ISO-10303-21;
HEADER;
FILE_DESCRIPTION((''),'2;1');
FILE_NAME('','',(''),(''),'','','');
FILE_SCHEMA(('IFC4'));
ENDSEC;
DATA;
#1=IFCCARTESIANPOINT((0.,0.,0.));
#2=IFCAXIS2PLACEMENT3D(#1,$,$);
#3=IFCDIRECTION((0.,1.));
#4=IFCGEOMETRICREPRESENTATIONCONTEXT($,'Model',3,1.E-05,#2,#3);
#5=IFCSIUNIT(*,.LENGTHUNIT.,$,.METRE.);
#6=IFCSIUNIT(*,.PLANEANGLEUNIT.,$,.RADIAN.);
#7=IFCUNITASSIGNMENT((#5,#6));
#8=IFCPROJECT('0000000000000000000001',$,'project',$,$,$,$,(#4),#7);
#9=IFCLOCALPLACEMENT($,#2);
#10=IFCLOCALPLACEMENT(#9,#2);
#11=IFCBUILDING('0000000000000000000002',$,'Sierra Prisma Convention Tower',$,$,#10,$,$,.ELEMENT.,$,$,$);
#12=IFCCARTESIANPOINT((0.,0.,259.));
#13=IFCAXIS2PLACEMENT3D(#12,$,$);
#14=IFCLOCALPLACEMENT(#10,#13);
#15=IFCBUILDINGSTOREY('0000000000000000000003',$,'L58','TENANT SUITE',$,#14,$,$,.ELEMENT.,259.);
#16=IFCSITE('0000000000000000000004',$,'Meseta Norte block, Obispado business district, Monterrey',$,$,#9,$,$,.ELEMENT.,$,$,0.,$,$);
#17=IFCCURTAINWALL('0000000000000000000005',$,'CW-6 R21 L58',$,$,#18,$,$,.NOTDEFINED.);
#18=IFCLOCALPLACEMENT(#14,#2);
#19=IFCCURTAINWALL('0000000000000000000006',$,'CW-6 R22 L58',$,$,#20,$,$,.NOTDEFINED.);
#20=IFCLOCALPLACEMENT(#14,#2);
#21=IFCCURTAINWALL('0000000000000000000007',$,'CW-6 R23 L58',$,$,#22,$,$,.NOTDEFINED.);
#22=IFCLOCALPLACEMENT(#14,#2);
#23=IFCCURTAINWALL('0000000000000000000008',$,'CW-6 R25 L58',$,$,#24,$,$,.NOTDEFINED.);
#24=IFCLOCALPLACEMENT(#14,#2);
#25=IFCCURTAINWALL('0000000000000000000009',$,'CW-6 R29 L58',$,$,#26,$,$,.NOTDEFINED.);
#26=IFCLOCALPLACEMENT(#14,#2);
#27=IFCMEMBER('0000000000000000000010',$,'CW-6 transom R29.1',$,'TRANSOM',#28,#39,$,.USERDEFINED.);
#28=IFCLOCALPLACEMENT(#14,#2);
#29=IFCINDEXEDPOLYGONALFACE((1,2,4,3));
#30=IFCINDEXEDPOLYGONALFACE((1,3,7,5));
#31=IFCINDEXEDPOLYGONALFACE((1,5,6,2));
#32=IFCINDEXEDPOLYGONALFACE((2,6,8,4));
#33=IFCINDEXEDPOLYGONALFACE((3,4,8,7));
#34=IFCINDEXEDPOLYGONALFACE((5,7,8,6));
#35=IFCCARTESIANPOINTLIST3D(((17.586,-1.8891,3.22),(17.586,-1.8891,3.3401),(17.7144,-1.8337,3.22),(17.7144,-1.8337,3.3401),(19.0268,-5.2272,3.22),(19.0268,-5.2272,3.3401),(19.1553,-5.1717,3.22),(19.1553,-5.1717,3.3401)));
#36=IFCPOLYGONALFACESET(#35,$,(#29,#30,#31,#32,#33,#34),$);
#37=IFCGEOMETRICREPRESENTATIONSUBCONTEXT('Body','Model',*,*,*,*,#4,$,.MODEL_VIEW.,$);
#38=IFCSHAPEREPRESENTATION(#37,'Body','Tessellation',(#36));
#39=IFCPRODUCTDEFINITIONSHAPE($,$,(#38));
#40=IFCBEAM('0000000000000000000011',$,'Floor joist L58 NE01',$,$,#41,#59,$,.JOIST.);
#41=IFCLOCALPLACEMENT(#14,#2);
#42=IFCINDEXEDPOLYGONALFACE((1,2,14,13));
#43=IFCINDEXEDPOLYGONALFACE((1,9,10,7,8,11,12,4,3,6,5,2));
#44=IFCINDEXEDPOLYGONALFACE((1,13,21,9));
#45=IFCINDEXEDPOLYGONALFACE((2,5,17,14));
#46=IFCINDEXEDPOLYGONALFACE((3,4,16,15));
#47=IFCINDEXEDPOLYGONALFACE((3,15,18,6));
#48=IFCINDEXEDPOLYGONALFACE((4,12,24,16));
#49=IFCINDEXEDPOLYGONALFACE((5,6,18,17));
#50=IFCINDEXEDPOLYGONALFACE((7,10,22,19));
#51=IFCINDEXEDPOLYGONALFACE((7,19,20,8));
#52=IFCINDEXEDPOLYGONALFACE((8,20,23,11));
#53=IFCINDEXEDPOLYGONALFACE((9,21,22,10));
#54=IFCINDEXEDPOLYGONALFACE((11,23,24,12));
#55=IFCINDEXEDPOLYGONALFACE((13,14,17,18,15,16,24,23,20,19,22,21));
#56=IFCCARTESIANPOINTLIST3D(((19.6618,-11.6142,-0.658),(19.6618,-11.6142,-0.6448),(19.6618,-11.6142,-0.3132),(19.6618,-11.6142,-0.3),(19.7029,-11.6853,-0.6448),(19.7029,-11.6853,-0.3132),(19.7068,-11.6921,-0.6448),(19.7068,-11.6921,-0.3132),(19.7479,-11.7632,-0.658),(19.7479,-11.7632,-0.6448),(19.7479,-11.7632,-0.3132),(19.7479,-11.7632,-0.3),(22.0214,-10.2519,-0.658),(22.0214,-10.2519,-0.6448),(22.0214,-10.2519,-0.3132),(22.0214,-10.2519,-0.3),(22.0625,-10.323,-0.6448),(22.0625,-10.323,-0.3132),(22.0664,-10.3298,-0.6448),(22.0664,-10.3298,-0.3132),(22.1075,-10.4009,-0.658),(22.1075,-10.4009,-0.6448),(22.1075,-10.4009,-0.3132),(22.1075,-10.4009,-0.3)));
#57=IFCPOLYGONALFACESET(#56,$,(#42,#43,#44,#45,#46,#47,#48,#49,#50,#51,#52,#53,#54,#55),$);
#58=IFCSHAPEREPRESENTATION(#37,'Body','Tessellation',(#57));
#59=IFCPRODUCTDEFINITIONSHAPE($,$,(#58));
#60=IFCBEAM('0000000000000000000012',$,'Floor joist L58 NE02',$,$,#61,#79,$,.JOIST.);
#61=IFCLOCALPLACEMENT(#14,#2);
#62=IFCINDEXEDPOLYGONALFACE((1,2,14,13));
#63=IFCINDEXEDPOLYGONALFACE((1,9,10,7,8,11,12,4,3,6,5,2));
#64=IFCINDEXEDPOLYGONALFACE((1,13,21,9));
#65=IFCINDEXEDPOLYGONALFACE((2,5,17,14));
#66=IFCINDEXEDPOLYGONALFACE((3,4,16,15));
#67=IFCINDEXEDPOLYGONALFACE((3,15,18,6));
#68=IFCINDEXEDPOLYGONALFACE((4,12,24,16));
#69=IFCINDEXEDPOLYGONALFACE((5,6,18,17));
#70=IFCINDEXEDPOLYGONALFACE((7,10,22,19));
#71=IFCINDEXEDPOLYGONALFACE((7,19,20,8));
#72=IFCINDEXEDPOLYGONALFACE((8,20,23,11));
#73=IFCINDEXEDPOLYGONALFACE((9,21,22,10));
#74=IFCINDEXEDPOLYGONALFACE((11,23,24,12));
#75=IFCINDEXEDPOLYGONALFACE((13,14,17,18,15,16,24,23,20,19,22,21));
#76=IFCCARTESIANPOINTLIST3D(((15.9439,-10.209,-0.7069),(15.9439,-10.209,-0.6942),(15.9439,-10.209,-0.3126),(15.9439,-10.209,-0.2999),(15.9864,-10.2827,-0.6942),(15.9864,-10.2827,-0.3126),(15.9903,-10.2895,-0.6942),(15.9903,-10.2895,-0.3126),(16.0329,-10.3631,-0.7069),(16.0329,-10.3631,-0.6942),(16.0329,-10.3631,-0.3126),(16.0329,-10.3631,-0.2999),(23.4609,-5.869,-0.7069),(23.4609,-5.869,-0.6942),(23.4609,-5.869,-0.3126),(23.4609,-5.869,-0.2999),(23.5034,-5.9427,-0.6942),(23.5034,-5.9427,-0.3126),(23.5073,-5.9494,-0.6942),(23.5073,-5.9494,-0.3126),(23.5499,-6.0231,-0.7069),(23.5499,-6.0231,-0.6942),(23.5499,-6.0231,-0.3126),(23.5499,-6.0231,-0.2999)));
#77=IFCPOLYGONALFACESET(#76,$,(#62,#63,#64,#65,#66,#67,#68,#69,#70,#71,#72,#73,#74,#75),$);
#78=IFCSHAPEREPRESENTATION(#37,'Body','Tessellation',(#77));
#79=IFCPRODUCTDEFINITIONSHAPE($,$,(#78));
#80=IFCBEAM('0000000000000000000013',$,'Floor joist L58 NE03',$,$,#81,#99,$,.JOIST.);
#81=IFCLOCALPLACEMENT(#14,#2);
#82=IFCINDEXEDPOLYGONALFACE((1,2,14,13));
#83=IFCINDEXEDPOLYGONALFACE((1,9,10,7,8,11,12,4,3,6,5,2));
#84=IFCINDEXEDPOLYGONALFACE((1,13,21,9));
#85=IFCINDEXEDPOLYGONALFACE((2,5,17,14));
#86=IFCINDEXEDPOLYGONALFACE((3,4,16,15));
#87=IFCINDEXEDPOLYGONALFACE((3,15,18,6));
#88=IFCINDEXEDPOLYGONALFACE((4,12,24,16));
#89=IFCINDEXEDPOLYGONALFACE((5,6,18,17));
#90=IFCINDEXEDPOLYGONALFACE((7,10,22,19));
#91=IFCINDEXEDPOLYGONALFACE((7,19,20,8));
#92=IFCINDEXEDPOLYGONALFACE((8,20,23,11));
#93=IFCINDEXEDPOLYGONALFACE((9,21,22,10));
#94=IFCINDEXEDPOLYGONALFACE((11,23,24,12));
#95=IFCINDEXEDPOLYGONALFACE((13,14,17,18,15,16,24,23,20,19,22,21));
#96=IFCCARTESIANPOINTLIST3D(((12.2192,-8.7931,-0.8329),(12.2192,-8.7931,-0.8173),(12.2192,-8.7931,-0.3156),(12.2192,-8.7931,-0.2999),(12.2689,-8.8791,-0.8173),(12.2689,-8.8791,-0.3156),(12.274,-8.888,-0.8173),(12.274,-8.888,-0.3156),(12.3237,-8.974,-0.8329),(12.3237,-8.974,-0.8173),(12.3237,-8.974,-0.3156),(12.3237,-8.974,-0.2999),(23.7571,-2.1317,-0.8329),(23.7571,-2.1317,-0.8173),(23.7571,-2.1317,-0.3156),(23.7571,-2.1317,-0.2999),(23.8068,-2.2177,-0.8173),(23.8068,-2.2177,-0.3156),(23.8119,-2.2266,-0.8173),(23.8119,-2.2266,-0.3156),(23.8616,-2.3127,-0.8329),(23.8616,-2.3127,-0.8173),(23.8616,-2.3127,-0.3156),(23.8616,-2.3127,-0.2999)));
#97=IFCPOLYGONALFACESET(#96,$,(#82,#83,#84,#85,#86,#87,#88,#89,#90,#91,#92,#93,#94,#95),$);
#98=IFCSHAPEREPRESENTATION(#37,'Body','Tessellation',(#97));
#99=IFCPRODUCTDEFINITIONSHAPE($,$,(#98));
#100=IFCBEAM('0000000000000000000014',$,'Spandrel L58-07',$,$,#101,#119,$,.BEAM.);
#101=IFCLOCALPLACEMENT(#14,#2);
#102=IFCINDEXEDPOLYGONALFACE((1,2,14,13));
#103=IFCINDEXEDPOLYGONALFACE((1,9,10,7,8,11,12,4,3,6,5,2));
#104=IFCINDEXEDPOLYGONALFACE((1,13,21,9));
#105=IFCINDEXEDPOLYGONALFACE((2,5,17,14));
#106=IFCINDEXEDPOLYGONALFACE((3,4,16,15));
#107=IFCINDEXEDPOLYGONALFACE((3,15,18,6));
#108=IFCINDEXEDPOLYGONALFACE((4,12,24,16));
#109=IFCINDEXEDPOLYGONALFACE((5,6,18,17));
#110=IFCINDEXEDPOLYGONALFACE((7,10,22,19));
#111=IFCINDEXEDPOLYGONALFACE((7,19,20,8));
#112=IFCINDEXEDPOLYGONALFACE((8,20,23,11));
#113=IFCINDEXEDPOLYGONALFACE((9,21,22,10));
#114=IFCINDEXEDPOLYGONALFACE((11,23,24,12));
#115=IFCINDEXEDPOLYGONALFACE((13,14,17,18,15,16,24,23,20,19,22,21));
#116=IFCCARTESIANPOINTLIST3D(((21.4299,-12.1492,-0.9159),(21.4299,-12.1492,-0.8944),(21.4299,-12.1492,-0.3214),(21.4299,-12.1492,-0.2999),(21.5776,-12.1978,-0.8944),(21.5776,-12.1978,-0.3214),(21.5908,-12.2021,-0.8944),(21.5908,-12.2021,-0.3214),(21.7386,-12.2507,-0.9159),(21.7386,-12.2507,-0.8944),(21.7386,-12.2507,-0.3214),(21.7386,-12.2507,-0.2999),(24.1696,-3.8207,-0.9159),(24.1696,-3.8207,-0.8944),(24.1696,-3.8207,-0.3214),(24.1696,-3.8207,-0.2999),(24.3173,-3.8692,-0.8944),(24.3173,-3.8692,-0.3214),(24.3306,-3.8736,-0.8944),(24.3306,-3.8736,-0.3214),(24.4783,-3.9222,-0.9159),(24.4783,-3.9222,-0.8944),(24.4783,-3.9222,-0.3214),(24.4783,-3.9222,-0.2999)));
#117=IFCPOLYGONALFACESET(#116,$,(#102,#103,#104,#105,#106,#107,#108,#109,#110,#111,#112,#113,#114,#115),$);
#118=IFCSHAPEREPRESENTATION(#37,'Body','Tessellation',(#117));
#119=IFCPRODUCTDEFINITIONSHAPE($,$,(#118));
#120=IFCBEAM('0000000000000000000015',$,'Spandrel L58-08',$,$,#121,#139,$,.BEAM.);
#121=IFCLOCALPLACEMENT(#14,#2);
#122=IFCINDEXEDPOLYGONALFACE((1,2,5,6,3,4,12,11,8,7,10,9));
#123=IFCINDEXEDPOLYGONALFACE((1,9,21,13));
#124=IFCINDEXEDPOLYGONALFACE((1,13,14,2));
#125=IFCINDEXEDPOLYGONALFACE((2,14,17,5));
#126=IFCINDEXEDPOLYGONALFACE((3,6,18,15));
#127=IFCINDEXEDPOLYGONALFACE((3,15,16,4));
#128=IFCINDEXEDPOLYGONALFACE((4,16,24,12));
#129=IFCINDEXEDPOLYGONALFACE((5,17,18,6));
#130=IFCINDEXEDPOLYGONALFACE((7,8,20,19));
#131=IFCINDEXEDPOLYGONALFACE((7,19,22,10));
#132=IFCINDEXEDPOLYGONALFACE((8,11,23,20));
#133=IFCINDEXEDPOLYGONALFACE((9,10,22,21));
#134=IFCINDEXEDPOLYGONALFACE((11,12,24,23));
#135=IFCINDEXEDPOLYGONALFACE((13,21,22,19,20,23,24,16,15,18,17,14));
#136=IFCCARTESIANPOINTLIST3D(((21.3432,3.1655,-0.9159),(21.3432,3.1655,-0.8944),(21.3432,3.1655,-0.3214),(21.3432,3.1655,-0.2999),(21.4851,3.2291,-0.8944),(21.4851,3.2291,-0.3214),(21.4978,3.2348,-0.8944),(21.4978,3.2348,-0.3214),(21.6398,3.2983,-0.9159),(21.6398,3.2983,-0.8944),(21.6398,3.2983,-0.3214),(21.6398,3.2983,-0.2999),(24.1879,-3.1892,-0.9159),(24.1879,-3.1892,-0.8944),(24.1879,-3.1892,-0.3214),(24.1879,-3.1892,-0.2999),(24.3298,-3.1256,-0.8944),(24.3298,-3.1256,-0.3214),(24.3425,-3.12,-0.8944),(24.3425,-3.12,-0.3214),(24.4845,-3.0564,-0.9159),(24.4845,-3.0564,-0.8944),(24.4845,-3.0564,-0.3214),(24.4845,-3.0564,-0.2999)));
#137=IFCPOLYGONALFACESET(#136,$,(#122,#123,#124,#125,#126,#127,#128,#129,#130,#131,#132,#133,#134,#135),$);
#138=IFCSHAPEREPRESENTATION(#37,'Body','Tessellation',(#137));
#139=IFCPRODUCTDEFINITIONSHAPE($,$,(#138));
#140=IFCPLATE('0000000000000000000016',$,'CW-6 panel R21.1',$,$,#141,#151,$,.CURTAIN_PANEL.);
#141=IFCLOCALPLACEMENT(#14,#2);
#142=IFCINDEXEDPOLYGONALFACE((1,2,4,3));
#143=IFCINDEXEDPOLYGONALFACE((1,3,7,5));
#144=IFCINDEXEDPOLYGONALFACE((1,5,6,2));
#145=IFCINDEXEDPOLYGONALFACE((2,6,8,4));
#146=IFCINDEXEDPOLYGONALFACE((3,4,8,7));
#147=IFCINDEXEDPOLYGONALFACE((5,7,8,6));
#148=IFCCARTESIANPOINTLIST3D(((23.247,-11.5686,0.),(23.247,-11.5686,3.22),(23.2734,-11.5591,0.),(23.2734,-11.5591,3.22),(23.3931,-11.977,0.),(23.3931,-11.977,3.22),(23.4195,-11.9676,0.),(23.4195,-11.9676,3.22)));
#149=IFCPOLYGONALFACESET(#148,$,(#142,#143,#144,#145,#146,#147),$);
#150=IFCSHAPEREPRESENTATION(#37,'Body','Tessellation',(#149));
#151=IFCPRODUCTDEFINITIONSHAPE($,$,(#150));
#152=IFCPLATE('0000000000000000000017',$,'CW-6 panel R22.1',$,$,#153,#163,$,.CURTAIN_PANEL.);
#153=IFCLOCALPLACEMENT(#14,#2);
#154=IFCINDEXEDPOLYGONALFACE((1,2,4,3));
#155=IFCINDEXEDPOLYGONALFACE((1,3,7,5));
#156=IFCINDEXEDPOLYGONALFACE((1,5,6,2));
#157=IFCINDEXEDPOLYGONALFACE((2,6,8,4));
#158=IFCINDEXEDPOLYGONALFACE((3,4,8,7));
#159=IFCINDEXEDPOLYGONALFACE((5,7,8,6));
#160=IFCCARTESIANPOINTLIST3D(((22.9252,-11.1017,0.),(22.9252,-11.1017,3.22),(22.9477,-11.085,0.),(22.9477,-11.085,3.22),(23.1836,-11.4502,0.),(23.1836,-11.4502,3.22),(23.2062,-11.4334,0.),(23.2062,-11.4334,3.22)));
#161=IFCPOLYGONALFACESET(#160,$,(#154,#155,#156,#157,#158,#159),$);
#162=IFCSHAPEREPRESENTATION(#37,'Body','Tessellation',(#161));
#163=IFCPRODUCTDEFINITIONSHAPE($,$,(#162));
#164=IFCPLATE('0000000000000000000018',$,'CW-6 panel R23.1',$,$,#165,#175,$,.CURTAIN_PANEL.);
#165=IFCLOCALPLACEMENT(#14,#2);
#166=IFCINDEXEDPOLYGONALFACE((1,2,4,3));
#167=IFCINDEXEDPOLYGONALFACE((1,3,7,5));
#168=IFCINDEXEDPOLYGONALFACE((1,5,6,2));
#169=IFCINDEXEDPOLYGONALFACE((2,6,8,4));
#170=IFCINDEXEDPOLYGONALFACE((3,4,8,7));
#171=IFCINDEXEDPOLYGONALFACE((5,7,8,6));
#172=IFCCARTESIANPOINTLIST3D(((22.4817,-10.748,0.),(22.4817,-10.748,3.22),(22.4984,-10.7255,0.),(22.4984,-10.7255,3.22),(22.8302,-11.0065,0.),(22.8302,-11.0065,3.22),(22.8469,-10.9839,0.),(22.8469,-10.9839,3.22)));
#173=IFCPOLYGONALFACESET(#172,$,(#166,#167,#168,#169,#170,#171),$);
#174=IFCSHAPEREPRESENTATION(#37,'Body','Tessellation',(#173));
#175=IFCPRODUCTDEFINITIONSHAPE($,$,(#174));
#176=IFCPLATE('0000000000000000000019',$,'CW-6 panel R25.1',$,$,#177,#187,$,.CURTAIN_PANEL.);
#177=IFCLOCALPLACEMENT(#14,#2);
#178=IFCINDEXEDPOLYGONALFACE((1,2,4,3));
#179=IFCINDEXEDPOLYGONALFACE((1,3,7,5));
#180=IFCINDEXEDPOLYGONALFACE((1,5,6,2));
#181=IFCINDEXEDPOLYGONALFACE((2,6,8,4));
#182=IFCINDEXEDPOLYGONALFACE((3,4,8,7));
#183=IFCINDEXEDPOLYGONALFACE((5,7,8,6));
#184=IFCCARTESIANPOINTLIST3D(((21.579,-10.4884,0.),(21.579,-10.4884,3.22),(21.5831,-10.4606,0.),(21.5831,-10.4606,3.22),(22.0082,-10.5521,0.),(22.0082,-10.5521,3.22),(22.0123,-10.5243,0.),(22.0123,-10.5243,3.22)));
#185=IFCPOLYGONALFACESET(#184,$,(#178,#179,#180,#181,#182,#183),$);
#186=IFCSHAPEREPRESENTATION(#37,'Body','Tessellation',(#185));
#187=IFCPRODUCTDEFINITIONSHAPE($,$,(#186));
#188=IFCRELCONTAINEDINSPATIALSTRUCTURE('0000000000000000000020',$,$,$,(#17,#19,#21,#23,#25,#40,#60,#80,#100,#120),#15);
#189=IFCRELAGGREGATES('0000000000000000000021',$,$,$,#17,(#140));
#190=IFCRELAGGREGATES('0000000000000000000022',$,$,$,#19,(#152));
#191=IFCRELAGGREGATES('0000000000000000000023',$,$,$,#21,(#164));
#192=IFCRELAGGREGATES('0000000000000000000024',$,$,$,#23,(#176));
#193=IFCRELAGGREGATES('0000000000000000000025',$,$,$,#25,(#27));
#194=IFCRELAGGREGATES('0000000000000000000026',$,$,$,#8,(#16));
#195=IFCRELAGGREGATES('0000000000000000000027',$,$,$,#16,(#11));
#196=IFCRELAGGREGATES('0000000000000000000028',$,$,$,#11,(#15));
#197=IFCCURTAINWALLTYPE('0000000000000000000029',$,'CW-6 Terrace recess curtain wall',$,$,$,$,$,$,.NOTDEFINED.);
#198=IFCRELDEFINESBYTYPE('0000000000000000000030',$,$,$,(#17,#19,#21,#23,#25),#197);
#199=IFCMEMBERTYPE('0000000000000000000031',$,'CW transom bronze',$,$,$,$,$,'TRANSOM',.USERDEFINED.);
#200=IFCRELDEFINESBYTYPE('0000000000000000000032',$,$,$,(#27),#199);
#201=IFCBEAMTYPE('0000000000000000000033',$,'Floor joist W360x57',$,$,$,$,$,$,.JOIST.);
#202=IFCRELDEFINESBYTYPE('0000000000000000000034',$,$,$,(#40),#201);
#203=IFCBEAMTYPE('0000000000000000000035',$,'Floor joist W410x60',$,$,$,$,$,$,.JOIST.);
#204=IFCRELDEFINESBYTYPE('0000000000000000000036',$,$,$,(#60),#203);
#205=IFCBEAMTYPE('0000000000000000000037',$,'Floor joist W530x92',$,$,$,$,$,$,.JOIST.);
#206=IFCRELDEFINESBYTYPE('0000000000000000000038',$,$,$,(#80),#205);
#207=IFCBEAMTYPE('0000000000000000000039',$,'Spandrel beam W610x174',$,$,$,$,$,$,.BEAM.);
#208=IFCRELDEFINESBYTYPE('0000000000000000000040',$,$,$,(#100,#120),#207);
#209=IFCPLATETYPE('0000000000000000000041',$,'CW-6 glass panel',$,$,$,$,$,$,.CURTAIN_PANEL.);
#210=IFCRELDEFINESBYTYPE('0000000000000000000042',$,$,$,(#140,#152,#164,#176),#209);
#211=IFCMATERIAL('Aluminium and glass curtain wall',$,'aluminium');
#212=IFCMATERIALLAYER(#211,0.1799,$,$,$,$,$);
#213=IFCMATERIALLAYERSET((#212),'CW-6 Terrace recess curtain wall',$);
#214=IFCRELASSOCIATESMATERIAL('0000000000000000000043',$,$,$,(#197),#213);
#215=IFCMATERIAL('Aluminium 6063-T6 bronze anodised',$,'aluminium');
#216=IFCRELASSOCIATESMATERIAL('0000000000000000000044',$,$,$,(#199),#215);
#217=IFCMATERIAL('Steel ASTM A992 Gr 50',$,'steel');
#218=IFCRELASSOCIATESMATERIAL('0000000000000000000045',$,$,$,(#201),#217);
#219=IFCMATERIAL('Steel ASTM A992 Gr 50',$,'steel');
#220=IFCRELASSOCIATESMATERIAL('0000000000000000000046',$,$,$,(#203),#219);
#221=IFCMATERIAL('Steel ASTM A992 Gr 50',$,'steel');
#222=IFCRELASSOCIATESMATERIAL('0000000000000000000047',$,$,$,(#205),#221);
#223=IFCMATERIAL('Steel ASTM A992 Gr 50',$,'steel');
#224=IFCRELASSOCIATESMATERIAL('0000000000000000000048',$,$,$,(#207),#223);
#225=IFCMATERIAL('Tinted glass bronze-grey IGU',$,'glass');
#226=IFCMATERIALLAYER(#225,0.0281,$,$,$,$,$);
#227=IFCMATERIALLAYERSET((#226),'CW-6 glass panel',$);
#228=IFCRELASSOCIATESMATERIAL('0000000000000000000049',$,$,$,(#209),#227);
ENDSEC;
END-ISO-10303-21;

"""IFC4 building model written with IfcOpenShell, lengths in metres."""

from ifc_helpers import new_model, si_unit, direction, frame, origin, origin_2d, place, context, subcontext, project, spatial, rectangle, i_section, extrude, material, layer, layer_set, material_profile, profile_set, type_object, element, aggregate, save


model = new_model("IFC4")

# Units and contexts
model_context = context("Model", 3, precision=1e-05, world=origin(), true_north=direction((0.0, 1.0)))
body_context = subcontext(model_context, "Body", "Model", "MODEL_VIEW")
ifc_project = project(units=[si_unit("LENGTHUNIT", "METRE"), si_unit("PLANEANGLEUNIT", "RADIAN")], contexts=[model_context])

# Site, building, storey
site_placement = place(None, origin())
site = spatial("IfcSite", under=ifc_project, at=site_placement, Name="Meseta Norte block, Obispado business district, Monterrey", CompositionType="ELEMENT", RefElevation=0.0)
building_placement = place(site_placement, origin())
building = spatial("IfcBuilding", under=site, at=building_placement, Name="Sierra Prisma Convention Tower", CompositionType="ELEMENT")
storey_placement = place(building_placement, frame((0.0, 0.0, 259.0)))
storey = spatial("IfcBuildingStorey", under=building, at=storey_placement, Name="L58", Description="TENANT SUITE", CompositionType="ELEMENT", Elevation=259.0)

# Curtain walls
ifc_material_1 = material(Name="Aluminium and glass curtain wall", Category="aluminium")
ifc_layer_1 = layer(ifc_material_1, 0.1799)
ifc_layer_set_1 = layer_set([ifc_layer_1], Name="CW-6 Terrace recess curtain wall")
curtain_wall_type = type_object("IfcCurtainWallType", Name="CW-6 Terrace recess curtain wall", PredefinedType="NOTDEFINED", material=ifc_layer_set_1)
curtain_wall_1_placement = place(storey_placement, origin())
curtain_wall_1 = element("IfcCurtainWall", 1, at=curtain_wall_1_placement, inside=storey, type_object=curtain_wall_type, Name="CW-6 R21 L58", PredefinedType="NOTDEFINED")
curtain_wall_2_placement = place(storey_placement, origin())
curtain_wall_2 = element("IfcCurtainWall", 2, at=curtain_wall_2_placement, inside=storey, type_object=curtain_wall_type, Name="CW-6 R22 L58", PredefinedType="NOTDEFINED")
curtain_wall_3_placement = place(storey_placement, origin())
curtain_wall_3 = element("IfcCurtainWall", 3, at=curtain_wall_3_placement, inside=storey, type_object=curtain_wall_type, Name="CW-6 R23 L58", PredefinedType="NOTDEFINED")
curtain_wall_4_placement = place(storey_placement, origin())
curtain_wall_4 = element("IfcCurtainWall", 4, at=curtain_wall_4_placement, inside=storey, type_object=curtain_wall_type, Name="CW-6 R25 L58", PredefinedType="NOTDEFINED")
curtain_wall_5_placement = place(storey_placement, origin())
curtain_wall_5 = element("IfcCurtainWall", 5, at=curtain_wall_5_placement, inside=storey, type_object=curtain_wall_type, Name="CW-6 R29 L58", PredefinedType="NOTDEFINED")

# Member
ifc_material_2 = material(Name="Aluminium 6063-T6 bronze anodised", Category="aluminium")
ifc_material_profile_1 = material_profile(ifc_material_2, rectangle(XDim=0.1399, YDim=0.1201, at=origin_2d()), Name="ALU TRANSOM 120x140")
ifc_profile_set_1 = profile_set([ifc_material_profile_1], Name="Aluminium 6063-T6 bronze anodised")
member_type_1 = type_object("IfcMemberType", Name="CW transom bronze", ElementType="TRANSOM", PredefinedType="USERDEFINED", material=ifc_profile_set_1)
member_1_placement = place(storey_placement, frame((19.0911, -5.1995, 3.28), z_axis=(-0.396309, 0.918117, 0.0), x_axis=(-0.918117, -0.396309, 0.0)))
member_1 = element("IfcMember", 6, at=member_1_placement, type_object=member_type_1, Name="CW-6 transom R29.1", ObjectType="TRANSOM", PredefinedType="USERDEFINED", context=body_context, shape_type="SweptSolid", body=[
    extrude(rectangle(XDim=0.1399, YDim=0.1201, at=origin_2d()), origin(), (0.0, 0.0, 1.0), 3.6357),
])

# Beams
ifc_material_3 = material(Name="Steel ASTM A992 Gr 50", Category="steel")
ifc_material_profile_2 = material_profile(ifc_material_3, i_section(OverallWidth=0.1721, OverallDepth=0.3579, WebThickness=0.0078, FlangeThickness=0.0132, at=origin_2d()), Name="W360x57")
ifc_profile_set_2 = profile_set([ifc_material_profile_2], Name="Steel ASTM A992 Gr 50")
beam_type_1 = type_object("IfcBeamType", Name="Floor joist W360x57", PredefinedType="JOIST", material=ifc_profile_set_2)
beam_1_placement = place(storey_placement, frame((22.0645, -10.3264, -0.479), z_axis=(-0.866029, -0.499994, 0.0), x_axis=(0.499994, -0.866029, 0.0)))
element("IfcBeam", 7, at=beam_1_placement, inside=storey, type_object=beam_type_1, Name="Floor joist L58 NE01", PredefinedType="JOIST", context=body_context, shape_type="SweptSolid", body=[
    extrude(i_section(OverallWidth=0.1721, OverallDepth=0.3579, WebThickness=0.0078, FlangeThickness=0.0132, at=origin_2d()), origin(), (0.0, 0.0, 1.0), 2.7246),
])
ifc_material_4 = material(Name="Steel ASTM A992 Gr 50", Category="steel")
ifc_material_profile_3 = material_profile(ifc_material_4, i_section(OverallWidth=0.178, OverallDepth=0.407, WebThickness=0.0078, FlangeThickness=0.0127, at=origin_2d()), Name="W410x60")
ifc_profile_set_3 = profile_set([ifc_material_profile_3], Name="Steel ASTM A992 Gr 50")
beam_type_2 = type_object("IfcBeamType", Name="Floor joist W410x60", PredefinedType="JOIST", material=ifc_profile_set_3)
beam_2_placement = place(storey_placement, frame((23.5054, -5.946, -0.5034), z_axis=(-0.866021, -0.500008, 0.0), x_axis=(0.500008, -0.866021, 0.0)))
element("IfcBeam", 8, at=beam_2_placement, inside=storey, type_object=beam_type_2, Name="Floor joist L58 NE02", PredefinedType="JOIST", context=body_context, shape_type="SweptSolid", body=[
    extrude(i_section(OverallWidth=0.178, OverallDepth=0.407, WebThickness=0.0078, FlangeThickness=0.0127, at=origin_2d()), origin(), (0.0, 0.0, 1.0), 8.6799),
])
ifc_material_5 = material(Name="Steel ASTM A992 Gr 50", Category="steel")
ifc_material_profile_4 = material_profile(ifc_material_5, i_section(OverallWidth=0.209, OverallDepth=0.533, WebThickness=0.0103, FlangeThickness=0.0156, at=origin_2d()), Name="W530x92")
ifc_profile_set_4 = profile_set([ifc_material_profile_4], Name="Steel ASTM A992 Gr 50")
beam_type_3 = type_object("IfcBeamType", Name="Floor joist W530x92", PredefinedType="JOIST", material=ifc_profile_set_4)
beam_3_placement = place(storey_placement, frame((23.8093, -2.2222, -0.5664), z_axis=(-0.866025, -0.5, 0.0), x_axis=(0.5, -0.866025, 0.0)))
element("IfcBeam", 9, at=beam_3_placement, inside=storey, type_object=beam_type_3, Name="Floor joist L58 NE03", PredefinedType="JOIST", context=body_context, shape_type="SweptSolid", body=[
    extrude(i_section(OverallWidth=0.209, OverallDepth=0.533, WebThickness=0.0103, FlangeThickness=0.0156, at=origin_2d()), origin(), (0.0, 0.0, 1.0), 13.3228),
])
ifc_material_6 = material(Name="Steel ASTM A992 Gr 50", Category="steel")
ifc_material_profile_5 = material_profile(ifc_material_6, i_section(OverallWidth=0.325, OverallDepth=0.616, WebThickness=0.0139, FlangeThickness=0.0215, at=origin_2d()), Name="W610x174")
ifc_profile_set_5 = profile_set([ifc_material_profile_5], Name="Steel ASTM A992 Gr 50")
beam_type_4 = type_object("IfcBeamType", Name="Spandrel beam W610x174", PredefinedType="BEAM", material=ifc_profile_set_5)
beam_4_placement = place(storey_placement, frame((21.5842, -12.2, -0.6079), z_axis=(0.312483, 0.949923, 0.0), x_axis=(-0.949923, 0.312483, 0.0)))
element("IfcBeam", 10, at=beam_4_placement, inside=storey, type_object=beam_type_4, Name="Spandrel L58-07", PredefinedType="BEAM", context=body_context, shape_type="SweptSolid", body=[
    extrude(i_section(OverallWidth=0.325, OverallDepth=0.616, WebThickness=0.0139, FlangeThickness=0.0215, at=origin_2d()), origin(), (0.0, 0.0, 1.0), 8.7676),
])
beam_5_placement = place(storey_placement, frame((24.3362, -3.1228, -0.6079), z_axis=(-0.408584, 0.912721, 0.0), x_axis=(-0.912721, -0.408584, 0.0)))
element("IfcBeam", 11, at=beam_5_placement, inside=storey, type_object=beam_type_4, Name="Spandrel L58-08", PredefinedType="BEAM", context=body_context, shape_type="SweptSolid", body=[
    extrude(i_section(OverallWidth=0.325, OverallDepth=0.616, WebThickness=0.0139, FlangeThickness=0.0215, at=origin_2d()), origin(), (0.0, 0.0, 1.0), 6.9624),
])

# Plates
ifc_material_7 = material(Name="Tinted glass bronze-grey IGU", Category="glass")
ifc_layer_2 = layer(ifc_material_7, 0.0281)
ifc_layer_set_2 = layer_set([ifc_layer_2], Name="CW-6 glass panel")
plate_type = type_object("IfcPlateType", Name="CW-6 glass panel", PredefinedType="CURTAIN_PANEL", material=ifc_layer_set_2)
plate_1_placement = place(storey_placement, frame((23.3333, -11.7681, 0.0), z_axis=(0.0, 0.0, 1.0), x_axis=(-0.33689, 0.941544, 0.0)))
plate_1 = element("IfcPlate", 12, at=plate_1_placement, type_object=plate_type, Name="CW-6 panel R21.1", PredefinedType="CURTAIN_PANEL", context=body_context, shape_type="SweptSolid", body=[
    extrude(rectangle(XDim=0.4338, YDim=0.0281, at=origin_2d()), origin(), (0.0, 0.0, 1.0), 3.22),
])
aggregate(curtain_wall_1, [plate_1])
plate_2_placement = place(storey_placement, frame((23.0657, -11.2676, 0.0), z_axis=(0.0, 0.0, 1.0), x_axis=(-0.595699, 0.803208, 0.0)))
plate_2 = element("IfcPlate", 13, at=plate_2_placement, type_object=plate_type, Name="CW-6 panel R22.1", PredefinedType="CURTAIN_PANEL", context=body_context, shape_type="SweptSolid", body=[
    extrude(rectangle(XDim=0.4338, YDim=0.0281, at=origin_2d()), origin(), (0.0, 0.0, 1.0), 3.22),
])
aggregate(curtain_wall_2, [plate_2])
plate_3_placement = place(storey_placement, frame((22.6643, -10.866, 0.0), z_axis=(0.0, 0.0, 1.0), x_axis=(-0.803208, 0.595699, 0.0)))
plate_3 = element("IfcPlate", 14, at=plate_3_placement, type_object=plate_type, Name="CW-6 panel R23.1", PredefinedType="CURTAIN_PANEL", context=body_context, shape_type="SweptSolid", body=[
    extrude(rectangle(XDim=0.4338, YDim=0.0281, at=origin_2d()), origin(), (0.0, 0.0, 1.0), 3.22),
])
aggregate(curtain_wall_3, [plate_3])
plate_4_placement = place(storey_placement, frame((21.7957, -10.5063, 0.0), z_axis=(0.0, 0.0, 1.0), x_axis=(-0.989177, 0.14673, 0.0)))
plate_4 = element("IfcPlate", 15, at=plate_4_placement, type_object=plate_type, Name="CW-6 panel R25.1", PredefinedType="CURTAIN_PANEL", context=body_context, shape_type="SweptSolid", body=[
    extrude(rectangle(XDim=0.4338, YDim=0.0281, at=origin_2d()), origin(), (0.0, 0.0, 1.0), 3.22),
])
aggregate(curtain_wall_4, [plate_4])
aggregate(curtain_wall_5, [member_1])

save(model, "model.ifc")
